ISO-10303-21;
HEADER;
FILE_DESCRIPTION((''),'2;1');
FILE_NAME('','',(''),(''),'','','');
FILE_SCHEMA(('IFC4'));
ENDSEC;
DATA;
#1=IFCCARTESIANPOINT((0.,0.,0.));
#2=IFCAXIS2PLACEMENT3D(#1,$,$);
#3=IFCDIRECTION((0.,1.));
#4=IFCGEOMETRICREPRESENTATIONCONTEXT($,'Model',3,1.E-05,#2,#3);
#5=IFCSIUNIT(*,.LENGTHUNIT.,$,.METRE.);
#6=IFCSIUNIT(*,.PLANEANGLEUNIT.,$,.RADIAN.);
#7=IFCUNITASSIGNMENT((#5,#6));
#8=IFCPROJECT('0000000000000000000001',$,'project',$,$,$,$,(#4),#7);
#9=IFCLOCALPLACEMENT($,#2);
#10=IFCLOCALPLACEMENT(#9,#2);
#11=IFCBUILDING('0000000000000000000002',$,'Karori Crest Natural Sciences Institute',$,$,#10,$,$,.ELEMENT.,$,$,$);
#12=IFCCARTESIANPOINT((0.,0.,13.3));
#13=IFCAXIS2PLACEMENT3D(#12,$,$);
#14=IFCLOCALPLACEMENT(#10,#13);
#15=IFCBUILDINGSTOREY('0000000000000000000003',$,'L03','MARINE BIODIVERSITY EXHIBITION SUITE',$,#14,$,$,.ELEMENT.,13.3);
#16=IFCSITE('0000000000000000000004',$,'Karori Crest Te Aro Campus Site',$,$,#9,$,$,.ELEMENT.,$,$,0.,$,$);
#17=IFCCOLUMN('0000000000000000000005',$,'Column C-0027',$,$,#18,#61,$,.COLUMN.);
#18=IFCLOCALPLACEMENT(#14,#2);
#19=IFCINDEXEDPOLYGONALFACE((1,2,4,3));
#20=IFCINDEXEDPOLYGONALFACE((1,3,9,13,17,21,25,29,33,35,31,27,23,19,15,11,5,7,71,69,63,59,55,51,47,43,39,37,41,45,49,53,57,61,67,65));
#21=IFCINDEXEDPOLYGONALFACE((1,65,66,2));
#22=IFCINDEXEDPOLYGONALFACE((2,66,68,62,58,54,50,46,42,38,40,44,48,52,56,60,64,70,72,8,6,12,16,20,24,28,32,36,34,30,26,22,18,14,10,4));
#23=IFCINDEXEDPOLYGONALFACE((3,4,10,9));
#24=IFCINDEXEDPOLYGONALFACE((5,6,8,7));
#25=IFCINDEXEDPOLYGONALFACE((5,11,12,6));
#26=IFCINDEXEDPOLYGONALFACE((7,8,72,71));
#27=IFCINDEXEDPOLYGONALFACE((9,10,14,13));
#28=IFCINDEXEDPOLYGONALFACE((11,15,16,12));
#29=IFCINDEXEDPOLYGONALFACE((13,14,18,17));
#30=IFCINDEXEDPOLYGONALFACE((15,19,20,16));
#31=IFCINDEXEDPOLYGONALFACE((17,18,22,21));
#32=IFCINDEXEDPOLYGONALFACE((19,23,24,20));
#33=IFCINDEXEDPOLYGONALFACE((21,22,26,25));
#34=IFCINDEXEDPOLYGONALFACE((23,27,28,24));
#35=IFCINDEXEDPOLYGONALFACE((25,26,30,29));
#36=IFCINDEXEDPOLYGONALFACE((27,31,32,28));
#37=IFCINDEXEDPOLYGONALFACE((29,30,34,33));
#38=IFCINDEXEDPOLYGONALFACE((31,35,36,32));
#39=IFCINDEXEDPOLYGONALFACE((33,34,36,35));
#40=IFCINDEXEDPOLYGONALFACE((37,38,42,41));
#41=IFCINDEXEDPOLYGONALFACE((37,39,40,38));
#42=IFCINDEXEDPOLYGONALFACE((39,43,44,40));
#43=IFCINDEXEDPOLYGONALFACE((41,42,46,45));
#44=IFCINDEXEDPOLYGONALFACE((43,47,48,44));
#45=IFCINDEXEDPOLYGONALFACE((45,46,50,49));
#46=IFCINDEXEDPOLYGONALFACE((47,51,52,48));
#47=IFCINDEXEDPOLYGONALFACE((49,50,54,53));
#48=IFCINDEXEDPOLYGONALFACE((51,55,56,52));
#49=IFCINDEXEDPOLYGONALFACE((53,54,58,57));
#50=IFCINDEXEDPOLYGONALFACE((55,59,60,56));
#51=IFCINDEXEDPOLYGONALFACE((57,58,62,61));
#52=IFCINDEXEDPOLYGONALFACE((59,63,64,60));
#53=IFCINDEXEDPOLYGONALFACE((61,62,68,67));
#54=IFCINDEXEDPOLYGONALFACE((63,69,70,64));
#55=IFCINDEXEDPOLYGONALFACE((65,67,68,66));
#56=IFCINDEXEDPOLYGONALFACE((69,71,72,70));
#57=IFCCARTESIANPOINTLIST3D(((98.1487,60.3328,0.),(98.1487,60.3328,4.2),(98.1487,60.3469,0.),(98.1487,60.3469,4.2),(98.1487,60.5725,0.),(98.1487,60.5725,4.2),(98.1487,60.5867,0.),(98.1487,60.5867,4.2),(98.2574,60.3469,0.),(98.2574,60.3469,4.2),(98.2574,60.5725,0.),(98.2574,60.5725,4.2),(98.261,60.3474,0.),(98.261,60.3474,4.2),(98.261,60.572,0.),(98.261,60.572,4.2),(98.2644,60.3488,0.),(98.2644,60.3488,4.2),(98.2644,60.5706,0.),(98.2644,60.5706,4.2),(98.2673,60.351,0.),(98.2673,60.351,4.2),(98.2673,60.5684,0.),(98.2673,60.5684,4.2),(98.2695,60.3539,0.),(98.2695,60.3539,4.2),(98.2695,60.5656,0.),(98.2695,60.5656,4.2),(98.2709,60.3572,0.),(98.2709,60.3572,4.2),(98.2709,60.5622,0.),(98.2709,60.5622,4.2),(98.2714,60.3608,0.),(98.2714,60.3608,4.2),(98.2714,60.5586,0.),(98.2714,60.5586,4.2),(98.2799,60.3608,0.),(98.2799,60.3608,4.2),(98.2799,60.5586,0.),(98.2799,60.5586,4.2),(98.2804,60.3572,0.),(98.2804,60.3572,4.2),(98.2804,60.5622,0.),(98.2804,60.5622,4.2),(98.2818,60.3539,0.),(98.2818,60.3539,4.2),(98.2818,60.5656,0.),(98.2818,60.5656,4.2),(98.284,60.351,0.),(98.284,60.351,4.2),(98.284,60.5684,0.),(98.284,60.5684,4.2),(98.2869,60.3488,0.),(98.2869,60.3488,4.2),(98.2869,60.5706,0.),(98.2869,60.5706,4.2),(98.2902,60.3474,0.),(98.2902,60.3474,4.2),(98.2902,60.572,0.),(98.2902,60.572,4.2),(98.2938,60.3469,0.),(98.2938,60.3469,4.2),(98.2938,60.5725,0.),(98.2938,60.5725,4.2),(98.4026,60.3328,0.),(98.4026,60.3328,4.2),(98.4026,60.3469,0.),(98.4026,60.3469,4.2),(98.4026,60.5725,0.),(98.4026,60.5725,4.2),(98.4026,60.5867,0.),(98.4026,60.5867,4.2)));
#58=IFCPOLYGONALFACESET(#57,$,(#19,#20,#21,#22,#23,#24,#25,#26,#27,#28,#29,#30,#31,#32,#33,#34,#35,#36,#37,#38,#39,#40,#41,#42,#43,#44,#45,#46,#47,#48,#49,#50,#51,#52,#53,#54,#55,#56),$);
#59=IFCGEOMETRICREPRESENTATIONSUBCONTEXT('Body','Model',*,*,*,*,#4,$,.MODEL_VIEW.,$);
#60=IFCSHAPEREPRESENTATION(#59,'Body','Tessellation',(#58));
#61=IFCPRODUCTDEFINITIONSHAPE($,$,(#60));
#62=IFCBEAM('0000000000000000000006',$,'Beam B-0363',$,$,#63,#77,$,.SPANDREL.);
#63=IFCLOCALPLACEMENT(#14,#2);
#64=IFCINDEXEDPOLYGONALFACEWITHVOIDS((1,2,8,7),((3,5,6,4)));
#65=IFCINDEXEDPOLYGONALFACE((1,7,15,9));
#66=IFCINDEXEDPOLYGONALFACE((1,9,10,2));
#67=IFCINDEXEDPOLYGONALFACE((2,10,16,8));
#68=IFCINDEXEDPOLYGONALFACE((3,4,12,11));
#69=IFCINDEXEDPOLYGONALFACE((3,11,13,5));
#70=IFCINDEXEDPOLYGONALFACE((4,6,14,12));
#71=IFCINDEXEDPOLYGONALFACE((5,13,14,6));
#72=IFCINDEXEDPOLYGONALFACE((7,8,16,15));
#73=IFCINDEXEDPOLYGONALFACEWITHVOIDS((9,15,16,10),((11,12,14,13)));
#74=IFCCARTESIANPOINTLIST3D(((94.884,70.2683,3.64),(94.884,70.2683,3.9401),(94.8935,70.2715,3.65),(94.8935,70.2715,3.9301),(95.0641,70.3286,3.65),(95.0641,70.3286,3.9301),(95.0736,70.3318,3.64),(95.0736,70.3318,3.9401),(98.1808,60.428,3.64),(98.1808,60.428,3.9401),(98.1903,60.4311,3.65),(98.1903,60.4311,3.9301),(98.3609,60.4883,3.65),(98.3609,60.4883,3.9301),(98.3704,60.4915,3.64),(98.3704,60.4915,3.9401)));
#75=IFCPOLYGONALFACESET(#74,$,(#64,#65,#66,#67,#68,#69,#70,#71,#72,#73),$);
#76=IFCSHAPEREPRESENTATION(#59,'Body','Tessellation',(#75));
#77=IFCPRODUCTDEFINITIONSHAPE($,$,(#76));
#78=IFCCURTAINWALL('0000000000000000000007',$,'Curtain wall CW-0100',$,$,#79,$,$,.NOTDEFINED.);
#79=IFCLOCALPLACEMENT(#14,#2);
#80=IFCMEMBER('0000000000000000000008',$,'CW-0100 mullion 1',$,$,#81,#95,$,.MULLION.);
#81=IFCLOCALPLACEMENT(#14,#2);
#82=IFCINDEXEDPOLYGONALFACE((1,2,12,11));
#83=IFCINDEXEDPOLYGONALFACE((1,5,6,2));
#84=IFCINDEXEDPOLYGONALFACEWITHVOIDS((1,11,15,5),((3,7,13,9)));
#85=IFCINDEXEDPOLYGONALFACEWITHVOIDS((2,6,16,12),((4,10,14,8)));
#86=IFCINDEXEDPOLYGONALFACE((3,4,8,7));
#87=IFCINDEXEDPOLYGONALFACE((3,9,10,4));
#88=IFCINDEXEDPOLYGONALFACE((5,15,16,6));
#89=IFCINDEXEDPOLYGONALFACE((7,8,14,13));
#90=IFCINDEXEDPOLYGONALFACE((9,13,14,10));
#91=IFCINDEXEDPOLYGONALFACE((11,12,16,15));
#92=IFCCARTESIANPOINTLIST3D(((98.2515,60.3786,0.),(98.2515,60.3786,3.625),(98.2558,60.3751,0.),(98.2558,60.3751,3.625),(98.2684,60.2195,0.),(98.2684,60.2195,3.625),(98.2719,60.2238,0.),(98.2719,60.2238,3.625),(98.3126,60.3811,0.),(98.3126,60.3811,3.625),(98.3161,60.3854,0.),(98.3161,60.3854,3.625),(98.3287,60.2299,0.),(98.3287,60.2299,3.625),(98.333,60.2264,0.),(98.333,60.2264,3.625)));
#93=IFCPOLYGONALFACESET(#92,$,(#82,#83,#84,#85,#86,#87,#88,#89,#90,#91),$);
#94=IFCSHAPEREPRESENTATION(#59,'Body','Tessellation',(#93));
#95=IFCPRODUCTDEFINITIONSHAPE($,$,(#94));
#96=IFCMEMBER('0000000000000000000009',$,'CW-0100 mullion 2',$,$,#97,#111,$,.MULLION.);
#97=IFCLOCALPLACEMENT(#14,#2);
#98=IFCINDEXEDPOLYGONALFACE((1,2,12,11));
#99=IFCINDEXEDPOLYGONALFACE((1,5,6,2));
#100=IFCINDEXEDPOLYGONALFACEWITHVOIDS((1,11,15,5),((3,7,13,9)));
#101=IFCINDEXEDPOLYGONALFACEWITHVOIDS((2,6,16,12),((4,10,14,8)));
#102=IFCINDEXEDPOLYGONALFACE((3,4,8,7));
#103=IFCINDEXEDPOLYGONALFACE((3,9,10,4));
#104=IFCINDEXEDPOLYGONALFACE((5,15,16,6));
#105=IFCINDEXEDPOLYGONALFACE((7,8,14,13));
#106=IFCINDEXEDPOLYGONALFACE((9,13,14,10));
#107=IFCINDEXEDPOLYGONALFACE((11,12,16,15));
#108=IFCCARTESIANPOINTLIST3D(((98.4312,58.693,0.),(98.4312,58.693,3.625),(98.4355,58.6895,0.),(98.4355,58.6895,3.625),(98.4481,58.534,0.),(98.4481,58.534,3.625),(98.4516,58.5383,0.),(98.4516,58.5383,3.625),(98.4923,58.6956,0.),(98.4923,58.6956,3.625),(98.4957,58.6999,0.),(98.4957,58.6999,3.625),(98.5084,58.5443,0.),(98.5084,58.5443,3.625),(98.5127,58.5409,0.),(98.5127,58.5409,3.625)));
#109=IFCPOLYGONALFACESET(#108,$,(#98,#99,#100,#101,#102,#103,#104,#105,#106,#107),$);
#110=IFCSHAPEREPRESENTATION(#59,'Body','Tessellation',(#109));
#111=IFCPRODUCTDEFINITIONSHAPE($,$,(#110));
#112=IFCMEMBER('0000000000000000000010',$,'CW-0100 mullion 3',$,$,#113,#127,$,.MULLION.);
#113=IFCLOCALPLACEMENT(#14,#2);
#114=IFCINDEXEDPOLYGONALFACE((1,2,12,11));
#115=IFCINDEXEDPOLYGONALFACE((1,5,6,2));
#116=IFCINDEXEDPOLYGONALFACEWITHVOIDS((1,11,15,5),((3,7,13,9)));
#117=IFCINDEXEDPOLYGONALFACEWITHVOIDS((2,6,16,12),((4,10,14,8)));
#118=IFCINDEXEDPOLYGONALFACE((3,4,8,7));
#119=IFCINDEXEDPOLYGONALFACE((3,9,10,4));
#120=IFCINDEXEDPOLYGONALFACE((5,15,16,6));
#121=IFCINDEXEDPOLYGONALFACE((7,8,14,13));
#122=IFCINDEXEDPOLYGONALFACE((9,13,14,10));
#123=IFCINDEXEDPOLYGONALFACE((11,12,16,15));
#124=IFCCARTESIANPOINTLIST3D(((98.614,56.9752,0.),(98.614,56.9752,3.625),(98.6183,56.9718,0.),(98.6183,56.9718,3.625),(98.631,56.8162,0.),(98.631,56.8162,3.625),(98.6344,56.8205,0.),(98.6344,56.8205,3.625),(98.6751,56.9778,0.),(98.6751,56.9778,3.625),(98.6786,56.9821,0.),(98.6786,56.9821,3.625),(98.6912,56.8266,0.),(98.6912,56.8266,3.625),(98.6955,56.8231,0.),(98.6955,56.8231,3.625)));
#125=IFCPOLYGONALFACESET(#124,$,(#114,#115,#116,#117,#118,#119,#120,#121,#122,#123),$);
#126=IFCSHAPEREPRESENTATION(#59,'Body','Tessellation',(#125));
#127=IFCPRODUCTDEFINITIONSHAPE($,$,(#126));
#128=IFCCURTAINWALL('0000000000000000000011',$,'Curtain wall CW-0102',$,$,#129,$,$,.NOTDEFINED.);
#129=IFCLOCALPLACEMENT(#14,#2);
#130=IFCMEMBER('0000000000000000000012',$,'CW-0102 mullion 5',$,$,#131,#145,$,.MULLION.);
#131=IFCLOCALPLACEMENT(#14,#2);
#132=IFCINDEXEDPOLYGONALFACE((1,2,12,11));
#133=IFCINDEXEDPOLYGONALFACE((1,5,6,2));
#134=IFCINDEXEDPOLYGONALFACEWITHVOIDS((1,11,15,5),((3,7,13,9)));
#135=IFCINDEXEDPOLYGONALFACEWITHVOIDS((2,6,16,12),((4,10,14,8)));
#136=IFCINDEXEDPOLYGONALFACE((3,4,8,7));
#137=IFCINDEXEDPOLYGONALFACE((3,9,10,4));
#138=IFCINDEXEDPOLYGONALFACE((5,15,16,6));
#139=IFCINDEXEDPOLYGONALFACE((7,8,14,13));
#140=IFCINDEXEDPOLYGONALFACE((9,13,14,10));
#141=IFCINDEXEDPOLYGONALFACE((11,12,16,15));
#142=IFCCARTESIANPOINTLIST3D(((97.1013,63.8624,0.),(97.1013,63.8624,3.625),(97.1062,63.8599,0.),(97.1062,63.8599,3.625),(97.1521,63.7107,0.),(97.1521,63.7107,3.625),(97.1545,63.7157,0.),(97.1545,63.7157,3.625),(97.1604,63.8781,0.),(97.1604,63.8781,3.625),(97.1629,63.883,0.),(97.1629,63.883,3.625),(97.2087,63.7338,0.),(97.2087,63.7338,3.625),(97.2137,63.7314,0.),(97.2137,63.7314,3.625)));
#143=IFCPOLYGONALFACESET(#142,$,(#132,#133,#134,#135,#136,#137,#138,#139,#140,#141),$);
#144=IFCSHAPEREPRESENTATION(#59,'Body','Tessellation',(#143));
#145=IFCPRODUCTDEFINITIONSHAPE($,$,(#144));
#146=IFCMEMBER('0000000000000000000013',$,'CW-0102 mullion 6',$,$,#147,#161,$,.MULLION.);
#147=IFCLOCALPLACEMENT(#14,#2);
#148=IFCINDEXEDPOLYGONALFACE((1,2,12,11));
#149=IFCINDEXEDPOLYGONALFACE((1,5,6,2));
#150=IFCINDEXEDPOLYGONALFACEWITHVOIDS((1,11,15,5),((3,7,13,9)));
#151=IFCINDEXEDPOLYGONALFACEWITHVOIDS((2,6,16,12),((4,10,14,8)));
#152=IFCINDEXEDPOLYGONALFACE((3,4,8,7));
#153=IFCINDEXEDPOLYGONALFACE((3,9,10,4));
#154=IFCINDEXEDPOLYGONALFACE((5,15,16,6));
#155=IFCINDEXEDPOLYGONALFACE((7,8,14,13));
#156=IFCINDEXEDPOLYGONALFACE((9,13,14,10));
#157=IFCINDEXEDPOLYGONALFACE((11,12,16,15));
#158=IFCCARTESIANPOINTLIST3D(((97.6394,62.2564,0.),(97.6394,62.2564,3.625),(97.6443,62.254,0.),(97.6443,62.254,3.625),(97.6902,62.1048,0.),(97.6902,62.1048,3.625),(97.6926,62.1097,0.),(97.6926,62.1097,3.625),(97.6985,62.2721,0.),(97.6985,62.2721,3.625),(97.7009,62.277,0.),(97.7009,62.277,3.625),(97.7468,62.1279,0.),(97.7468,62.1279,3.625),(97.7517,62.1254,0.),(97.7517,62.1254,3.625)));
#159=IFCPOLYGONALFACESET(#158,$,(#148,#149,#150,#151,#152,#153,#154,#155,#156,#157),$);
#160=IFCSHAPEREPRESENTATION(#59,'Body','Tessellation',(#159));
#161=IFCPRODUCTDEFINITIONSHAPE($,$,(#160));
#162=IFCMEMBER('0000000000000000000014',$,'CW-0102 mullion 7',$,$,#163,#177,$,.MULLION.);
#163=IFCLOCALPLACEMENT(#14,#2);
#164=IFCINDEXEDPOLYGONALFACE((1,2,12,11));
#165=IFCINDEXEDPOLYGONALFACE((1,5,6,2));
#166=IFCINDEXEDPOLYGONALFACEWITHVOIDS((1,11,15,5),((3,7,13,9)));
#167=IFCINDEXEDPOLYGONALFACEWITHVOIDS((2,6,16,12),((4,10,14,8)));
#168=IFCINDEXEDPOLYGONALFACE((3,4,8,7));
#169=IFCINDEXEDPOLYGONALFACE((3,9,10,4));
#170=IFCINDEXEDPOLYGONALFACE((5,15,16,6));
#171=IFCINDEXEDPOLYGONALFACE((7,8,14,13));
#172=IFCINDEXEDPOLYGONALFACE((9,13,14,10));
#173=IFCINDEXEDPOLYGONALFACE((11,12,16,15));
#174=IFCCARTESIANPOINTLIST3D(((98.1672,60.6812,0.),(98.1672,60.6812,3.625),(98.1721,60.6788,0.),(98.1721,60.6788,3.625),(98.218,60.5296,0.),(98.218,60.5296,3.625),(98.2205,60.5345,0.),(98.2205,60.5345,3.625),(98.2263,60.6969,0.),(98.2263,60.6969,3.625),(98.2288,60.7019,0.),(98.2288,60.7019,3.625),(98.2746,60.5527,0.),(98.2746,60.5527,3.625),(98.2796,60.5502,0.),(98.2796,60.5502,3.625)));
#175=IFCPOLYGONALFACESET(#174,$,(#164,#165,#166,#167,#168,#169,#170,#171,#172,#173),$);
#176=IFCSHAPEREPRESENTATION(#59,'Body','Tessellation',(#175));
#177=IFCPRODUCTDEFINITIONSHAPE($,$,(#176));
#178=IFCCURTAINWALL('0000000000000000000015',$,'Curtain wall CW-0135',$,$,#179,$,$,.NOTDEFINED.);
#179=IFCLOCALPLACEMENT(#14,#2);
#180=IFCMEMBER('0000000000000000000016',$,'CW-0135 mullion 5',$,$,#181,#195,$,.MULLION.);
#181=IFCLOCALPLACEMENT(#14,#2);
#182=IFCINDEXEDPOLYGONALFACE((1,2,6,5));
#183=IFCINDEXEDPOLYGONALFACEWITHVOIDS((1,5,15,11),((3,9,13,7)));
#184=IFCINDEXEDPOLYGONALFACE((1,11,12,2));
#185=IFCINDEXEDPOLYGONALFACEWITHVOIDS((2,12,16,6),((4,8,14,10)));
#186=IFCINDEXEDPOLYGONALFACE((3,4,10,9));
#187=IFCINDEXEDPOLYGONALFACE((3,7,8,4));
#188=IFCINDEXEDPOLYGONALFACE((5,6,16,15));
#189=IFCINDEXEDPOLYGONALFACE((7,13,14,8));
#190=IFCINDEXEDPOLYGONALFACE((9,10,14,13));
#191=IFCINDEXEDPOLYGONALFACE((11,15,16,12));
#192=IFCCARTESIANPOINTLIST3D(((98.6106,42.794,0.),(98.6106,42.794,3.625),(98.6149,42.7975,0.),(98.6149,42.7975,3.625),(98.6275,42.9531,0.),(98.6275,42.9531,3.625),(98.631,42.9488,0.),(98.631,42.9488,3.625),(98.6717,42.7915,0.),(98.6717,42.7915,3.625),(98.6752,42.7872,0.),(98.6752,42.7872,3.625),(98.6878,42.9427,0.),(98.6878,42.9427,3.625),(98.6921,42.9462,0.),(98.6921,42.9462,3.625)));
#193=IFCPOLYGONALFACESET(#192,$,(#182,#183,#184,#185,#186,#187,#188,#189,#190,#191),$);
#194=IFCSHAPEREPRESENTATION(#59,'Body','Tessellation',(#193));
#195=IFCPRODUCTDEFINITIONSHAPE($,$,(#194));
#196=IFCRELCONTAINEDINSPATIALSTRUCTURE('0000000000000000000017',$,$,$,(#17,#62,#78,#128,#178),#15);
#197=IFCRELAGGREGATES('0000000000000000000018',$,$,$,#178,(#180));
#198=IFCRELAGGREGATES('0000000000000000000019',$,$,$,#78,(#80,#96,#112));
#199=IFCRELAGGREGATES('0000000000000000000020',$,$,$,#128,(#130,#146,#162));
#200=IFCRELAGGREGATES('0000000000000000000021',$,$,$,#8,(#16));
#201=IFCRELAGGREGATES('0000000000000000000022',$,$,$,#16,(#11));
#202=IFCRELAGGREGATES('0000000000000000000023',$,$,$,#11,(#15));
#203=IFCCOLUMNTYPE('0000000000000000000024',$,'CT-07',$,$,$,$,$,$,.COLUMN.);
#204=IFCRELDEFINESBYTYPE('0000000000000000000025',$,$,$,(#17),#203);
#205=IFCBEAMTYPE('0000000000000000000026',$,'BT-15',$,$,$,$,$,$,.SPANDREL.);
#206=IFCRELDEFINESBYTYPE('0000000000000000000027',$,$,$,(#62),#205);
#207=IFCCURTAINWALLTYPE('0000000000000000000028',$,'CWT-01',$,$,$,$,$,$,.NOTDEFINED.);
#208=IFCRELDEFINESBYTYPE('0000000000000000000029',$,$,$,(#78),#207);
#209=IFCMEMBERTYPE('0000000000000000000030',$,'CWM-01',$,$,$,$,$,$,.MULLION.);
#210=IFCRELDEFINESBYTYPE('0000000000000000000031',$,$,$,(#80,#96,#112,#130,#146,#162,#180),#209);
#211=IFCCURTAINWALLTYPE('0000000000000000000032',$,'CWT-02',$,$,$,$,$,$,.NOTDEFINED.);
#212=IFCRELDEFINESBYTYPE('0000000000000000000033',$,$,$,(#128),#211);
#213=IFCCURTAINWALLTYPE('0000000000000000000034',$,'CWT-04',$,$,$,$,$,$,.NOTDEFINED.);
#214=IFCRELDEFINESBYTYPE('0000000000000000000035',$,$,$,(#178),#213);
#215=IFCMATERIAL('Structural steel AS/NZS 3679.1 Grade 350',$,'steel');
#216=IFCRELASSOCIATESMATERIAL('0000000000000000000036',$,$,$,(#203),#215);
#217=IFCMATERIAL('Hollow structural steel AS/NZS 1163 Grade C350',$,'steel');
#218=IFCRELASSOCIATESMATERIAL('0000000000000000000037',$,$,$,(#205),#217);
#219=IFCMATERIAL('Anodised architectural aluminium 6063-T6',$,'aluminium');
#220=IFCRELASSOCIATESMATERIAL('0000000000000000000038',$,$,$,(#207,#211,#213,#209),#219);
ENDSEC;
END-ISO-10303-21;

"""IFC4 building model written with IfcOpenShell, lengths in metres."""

from ifc_helpers import new_model, si_unit, direction, frame, origin, origin_2d, place, context, subcontext, project, spatial, hollow_rectangle, i_section, extrude, material, material_profile, profile_set, type_object, element, aggregate, save


model = new_model("IFC4")

# Units and contexts
model_context = context("Model", 3, precision=1e-05, world=origin(), true_north=direction((0.0, 1.0)))
body_context = subcontext(model_context, "Body", "Model", "MODEL_VIEW")
ifc_project = project(units=[si_unit("LENGTHUNIT", "METRE"), si_unit("PLANEANGLEUNIT", "RADIAN")], contexts=[model_context])

# Site, building, storey
site_placement = place(None, origin())
site = spatial("IfcSite", under=ifc_project, at=site_placement, Name="Karori Crest Te Aro Campus Site", CompositionType="ELEMENT", RefElevation=0.0)
building_placement = place(site_placement, origin())
building = spatial("IfcBuilding", under=site, at=building_placement, Name="Karori Crest Natural Sciences Institute", CompositionType="ELEMENT")
storey_placement = place(building_placement, frame((0.0, 0.0, 13.3)))
storey = spatial("IfcBuildingStorey", under=building, at=storey_placement, Name="L03", Description="MARINE BIODIVERSITY EXHIBITION SUITE", CompositionType="ELEMENT", Elevation=13.3)

# Column
ifc_material_1 = material(Name="Structural steel AS/NZS 3679.1 Grade 350", Category="steel")
ifc_material_profile_1 = material_profile(ifc_material_1, i_section(OverallWidth=0.2539, OverallDepth=0.2539, WebThickness=0.0085, FlangeThickness=0.0142, FilletRadius=0.0139, at=origin_2d()), Name="250UC72.9")
ifc_profile_set_1 = profile_set([ifc_material_profile_1], Name="Structural steel AS/NZS 3679.1 Grade 350")
column_type = type_object("IfcColumnType", Name="CT-07", PredefinedType="COLUMN", material=ifc_profile_set_1)
column_placement = place(storey_placement, frame((98.2756, 60.4597, 0.0), z_axis=(0.0, 0.0, 1.0), x_axis=(1.0, 0.0, 0.0)))
element("IfcColumn", 1, at=column_placement, inside=storey, type_object=column_type, Name="Column C-0027", PredefinedType="COLUMN", context=body_context, shape_type="SweptSolid", body=[
    extrude(i_section(OverallWidth=0.2539, OverallDepth=0.2539, WebThickness=0.0085, FlangeThickness=0.0142, FilletRadius=0.0139, at=origin_2d()), origin(), (0.0, 0.0, 1.0), 4.2),
])

# Beam
ifc_material_2 = material(Name="Hollow structural steel AS/NZS 1163 Grade C350", Category="steel")
ifc_material_profile_2 = material_profile(ifc_material_2, hollow_rectangle(XDim=0.2, YDim=0.3, WallThickness=0.01, at=origin_2d()), Name="RHS300x200x10")
ifc_profile_set_2 = profile_set([ifc_material_profile_2], Name="Hollow structural steel AS/NZS 1163 Grade C350")
beam_type = type_object("IfcBeamType", Name="BT-15", PredefinedType="SPANDREL", material=ifc_profile_set_2)
beam_placement = place(storey_placement, frame((98.2756, 60.4597, 3.79), z_axis=(-0.317681, 0.948198, 0.0), x_axis=(-0.948198, -0.317681, 0.0)))
element("IfcBeam", 2, at=beam_placement, inside=storey, type_object=beam_type, Name="Beam B-0363", PredefinedType="SPANDREL", context=body_context, shape_type="SweptSolid", body=[
    extrude(hollow_rectangle(XDim=0.2, YDim=0.3, WallThickness=0.01, at=origin_2d()), origin(), (0.0, 0.0, 1.0), 10.3779),
])

# Curtain walls, members
ifc_material_3 = material(Name="Anodised architectural aluminium 6063-T6", Category="aluminium")
curtain_wall_type_1 = type_object("IfcCurtainWallType", Name="CWT-01", PredefinedType="NOTDEFINED", material=ifc_material_3)
curtain_wall_1_placement = place(storey_placement, origin())
curtain_wall_1 = element("IfcCurtainWall", 3, at=curtain_wall_1_placement, inside=storey, type_object=curtain_wall_type_1, Name="Curtain wall CW-0100", PredefinedType="NOTDEFINED")
ifc_material_profile_3 = material_profile(ifc_material_3, hollow_rectangle(XDim=0.0649, YDim=0.1599, WallThickness=0.0039, at=origin_2d()), Name="CWM160x65x4")
ifc_profile_set_3 = profile_set([ifc_material_profile_3], Name="Anodised architectural aluminium 6063-T6")
member_type_1 = type_object("IfcMemberType", Name="CWM-01", PredefinedType="MULLION", material=ifc_profile_set_3)
member_1_placement = place(storey_placement, frame((98.2922, 60.3025, 0.0), z_axis=(0.0, 0.0, 1.0), x_axis=(0.994378, 0.105884, 0.0)))
member_1 = element("IfcMember", 4, at=member_1_placement, type_object=member_type_1, Name="CW-0100 mullion 1", PredefinedType="MULLION", context=body_context, shape_type="SweptSolid", body=[
    extrude(hollow_rectangle(XDim=0.0649, YDim=0.1599, WallThickness=0.0039, at=origin_2d()), origin(), (0.0, 0.0, 1.0), 3.625),
])
member_2_placement = place(storey_placement, frame((98.4719, 58.6169, 0.0), z_axis=(0.0, 0.0, 1.0), x_axis=(0.994378, 0.105884, 0.0)))
member_2 = element("IfcMember", 5, at=member_2_placement, type_object=member_type_1, Name="CW-0100 mullion 2", PredefinedType="MULLION", context=body_context, shape_type="SweptSolid", body=[
    extrude(hollow_rectangle(XDim=0.0649, YDim=0.1599, WallThickness=0.0039, at=origin_2d()), origin(), (0.0, 0.0, 1.0), 3.625),
])
member_3_placement = place(storey_placement, frame((98.6548, 56.8992, 0.0), z_axis=(0.0, 0.0, 1.0), x_axis=(0.994378, 0.105884, 0.0)))
member_3 = element("IfcMember", 6, at=member_3_placement, type_object=member_type_1, Name="CW-0100 mullion 3", PredefinedType="MULLION", context=body_context, shape_type="SweptSolid", body=[
    extrude(hollow_rectangle(XDim=0.0649, YDim=0.1599, WallThickness=0.0039, at=origin_2d()), origin(), (0.0, 0.0, 1.0), 3.625),
])
curtain_wall_type_2 = type_object("IfcCurtainWallType", Name="CWT-02", PredefinedType="NOTDEFINED", material=ifc_material_3)
curtain_wall_2_placement = place(storey_placement, origin())
curtain_wall_2 = element("IfcCurtainWall", 7, at=curtain_wall_2_placement, inside=storey, type_object=curtain_wall_type_2, Name="Curtain wall CW-0102", PredefinedType="NOTDEFINED")
member_4_placement = place(storey_placement, frame((97.1575, 63.7969, 0.0), z_axis=(0.0, 0.0, 1.0), x_axis=(0.948198, 0.31768, 0.0)))
member_4 = element("IfcMember", 8, at=member_4_placement, type_object=member_type_1, Name="CW-0102 mullion 5", PredefinedType="MULLION", context=body_context, shape_type="SweptSolid", body=[
    extrude(hollow_rectangle(XDim=0.0649, YDim=0.1599, WallThickness=0.0039, at=origin_2d()), origin(), (0.0, 0.0, 1.0), 3.625),
])
member_5_placement = place(storey_placement, frame((97.6956, 62.1909, 0.0), z_axis=(0.0, 0.0, 1.0), x_axis=(0.948198, 0.31768, 0.0)))
member_5 = element("IfcMember", 9, at=member_5_placement, type_object=member_type_1, Name="CW-0102 mullion 6", PredefinedType="MULLION", context=body_context, shape_type="SweptSolid", body=[
    extrude(hollow_rectangle(XDim=0.0649, YDim=0.1599, WallThickness=0.0039, at=origin_2d()), origin(), (0.0, 0.0, 1.0), 3.625),
])
member_6_placement = place(storey_placement, frame((98.2234, 60.6157, 0.0), z_axis=(0.0, 0.0, 1.0), x_axis=(0.948198, 0.31768, 0.0)))
member_6 = element("IfcMember", 10, at=member_6_placement, type_object=member_type_1, Name="CW-0102 mullion 7", PredefinedType="MULLION", context=body_context, shape_type="SweptSolid", body=[
    extrude(hollow_rectangle(XDim=0.0649, YDim=0.1599, WallThickness=0.0039, at=origin_2d()), origin(), (0.0, 0.0, 1.0), 3.625),
])

# Curtain wall, member
curtain_wall_type_3 = type_object("IfcCurtainWallType", Name="CWT-04", PredefinedType="NOTDEFINED", material=ifc_material_3)
curtain_wall_3_placement = place(storey_placement, origin())
curtain_wall_3 = element("IfcCurtainWall", 11, at=curtain_wall_3_placement, inside=storey, type_object=curtain_wall_type_3, Name="Curtain wall CW-0135", PredefinedType="NOTDEFINED")
member_7_placement = place(storey_placement, frame((98.6514, 42.8701, 0.0), z_axis=(0.0, 0.0, 1.0), x_axis=(0.994378, -0.105886, 0.0)))
member_7 = element("IfcMember", 12, at=member_7_placement, type_object=member_type_1, Name="CW-0135 mullion 5", PredefinedType="MULLION", context=body_context, shape_type="SweptSolid", body=[
    extrude(hollow_rectangle(XDim=0.0649, YDim=0.1599, WallThickness=0.0039, at=origin_2d()), origin(), (0.0, 0.0, 1.0), 3.625),
])
aggregate(curtain_wall_3, [member_7])

aggregate(curtain_wall_1, [member_1, member_2, member_3])
aggregate(curtain_wall_2, [member_4, member_5, member_6])

save(model, "model.ifc")
